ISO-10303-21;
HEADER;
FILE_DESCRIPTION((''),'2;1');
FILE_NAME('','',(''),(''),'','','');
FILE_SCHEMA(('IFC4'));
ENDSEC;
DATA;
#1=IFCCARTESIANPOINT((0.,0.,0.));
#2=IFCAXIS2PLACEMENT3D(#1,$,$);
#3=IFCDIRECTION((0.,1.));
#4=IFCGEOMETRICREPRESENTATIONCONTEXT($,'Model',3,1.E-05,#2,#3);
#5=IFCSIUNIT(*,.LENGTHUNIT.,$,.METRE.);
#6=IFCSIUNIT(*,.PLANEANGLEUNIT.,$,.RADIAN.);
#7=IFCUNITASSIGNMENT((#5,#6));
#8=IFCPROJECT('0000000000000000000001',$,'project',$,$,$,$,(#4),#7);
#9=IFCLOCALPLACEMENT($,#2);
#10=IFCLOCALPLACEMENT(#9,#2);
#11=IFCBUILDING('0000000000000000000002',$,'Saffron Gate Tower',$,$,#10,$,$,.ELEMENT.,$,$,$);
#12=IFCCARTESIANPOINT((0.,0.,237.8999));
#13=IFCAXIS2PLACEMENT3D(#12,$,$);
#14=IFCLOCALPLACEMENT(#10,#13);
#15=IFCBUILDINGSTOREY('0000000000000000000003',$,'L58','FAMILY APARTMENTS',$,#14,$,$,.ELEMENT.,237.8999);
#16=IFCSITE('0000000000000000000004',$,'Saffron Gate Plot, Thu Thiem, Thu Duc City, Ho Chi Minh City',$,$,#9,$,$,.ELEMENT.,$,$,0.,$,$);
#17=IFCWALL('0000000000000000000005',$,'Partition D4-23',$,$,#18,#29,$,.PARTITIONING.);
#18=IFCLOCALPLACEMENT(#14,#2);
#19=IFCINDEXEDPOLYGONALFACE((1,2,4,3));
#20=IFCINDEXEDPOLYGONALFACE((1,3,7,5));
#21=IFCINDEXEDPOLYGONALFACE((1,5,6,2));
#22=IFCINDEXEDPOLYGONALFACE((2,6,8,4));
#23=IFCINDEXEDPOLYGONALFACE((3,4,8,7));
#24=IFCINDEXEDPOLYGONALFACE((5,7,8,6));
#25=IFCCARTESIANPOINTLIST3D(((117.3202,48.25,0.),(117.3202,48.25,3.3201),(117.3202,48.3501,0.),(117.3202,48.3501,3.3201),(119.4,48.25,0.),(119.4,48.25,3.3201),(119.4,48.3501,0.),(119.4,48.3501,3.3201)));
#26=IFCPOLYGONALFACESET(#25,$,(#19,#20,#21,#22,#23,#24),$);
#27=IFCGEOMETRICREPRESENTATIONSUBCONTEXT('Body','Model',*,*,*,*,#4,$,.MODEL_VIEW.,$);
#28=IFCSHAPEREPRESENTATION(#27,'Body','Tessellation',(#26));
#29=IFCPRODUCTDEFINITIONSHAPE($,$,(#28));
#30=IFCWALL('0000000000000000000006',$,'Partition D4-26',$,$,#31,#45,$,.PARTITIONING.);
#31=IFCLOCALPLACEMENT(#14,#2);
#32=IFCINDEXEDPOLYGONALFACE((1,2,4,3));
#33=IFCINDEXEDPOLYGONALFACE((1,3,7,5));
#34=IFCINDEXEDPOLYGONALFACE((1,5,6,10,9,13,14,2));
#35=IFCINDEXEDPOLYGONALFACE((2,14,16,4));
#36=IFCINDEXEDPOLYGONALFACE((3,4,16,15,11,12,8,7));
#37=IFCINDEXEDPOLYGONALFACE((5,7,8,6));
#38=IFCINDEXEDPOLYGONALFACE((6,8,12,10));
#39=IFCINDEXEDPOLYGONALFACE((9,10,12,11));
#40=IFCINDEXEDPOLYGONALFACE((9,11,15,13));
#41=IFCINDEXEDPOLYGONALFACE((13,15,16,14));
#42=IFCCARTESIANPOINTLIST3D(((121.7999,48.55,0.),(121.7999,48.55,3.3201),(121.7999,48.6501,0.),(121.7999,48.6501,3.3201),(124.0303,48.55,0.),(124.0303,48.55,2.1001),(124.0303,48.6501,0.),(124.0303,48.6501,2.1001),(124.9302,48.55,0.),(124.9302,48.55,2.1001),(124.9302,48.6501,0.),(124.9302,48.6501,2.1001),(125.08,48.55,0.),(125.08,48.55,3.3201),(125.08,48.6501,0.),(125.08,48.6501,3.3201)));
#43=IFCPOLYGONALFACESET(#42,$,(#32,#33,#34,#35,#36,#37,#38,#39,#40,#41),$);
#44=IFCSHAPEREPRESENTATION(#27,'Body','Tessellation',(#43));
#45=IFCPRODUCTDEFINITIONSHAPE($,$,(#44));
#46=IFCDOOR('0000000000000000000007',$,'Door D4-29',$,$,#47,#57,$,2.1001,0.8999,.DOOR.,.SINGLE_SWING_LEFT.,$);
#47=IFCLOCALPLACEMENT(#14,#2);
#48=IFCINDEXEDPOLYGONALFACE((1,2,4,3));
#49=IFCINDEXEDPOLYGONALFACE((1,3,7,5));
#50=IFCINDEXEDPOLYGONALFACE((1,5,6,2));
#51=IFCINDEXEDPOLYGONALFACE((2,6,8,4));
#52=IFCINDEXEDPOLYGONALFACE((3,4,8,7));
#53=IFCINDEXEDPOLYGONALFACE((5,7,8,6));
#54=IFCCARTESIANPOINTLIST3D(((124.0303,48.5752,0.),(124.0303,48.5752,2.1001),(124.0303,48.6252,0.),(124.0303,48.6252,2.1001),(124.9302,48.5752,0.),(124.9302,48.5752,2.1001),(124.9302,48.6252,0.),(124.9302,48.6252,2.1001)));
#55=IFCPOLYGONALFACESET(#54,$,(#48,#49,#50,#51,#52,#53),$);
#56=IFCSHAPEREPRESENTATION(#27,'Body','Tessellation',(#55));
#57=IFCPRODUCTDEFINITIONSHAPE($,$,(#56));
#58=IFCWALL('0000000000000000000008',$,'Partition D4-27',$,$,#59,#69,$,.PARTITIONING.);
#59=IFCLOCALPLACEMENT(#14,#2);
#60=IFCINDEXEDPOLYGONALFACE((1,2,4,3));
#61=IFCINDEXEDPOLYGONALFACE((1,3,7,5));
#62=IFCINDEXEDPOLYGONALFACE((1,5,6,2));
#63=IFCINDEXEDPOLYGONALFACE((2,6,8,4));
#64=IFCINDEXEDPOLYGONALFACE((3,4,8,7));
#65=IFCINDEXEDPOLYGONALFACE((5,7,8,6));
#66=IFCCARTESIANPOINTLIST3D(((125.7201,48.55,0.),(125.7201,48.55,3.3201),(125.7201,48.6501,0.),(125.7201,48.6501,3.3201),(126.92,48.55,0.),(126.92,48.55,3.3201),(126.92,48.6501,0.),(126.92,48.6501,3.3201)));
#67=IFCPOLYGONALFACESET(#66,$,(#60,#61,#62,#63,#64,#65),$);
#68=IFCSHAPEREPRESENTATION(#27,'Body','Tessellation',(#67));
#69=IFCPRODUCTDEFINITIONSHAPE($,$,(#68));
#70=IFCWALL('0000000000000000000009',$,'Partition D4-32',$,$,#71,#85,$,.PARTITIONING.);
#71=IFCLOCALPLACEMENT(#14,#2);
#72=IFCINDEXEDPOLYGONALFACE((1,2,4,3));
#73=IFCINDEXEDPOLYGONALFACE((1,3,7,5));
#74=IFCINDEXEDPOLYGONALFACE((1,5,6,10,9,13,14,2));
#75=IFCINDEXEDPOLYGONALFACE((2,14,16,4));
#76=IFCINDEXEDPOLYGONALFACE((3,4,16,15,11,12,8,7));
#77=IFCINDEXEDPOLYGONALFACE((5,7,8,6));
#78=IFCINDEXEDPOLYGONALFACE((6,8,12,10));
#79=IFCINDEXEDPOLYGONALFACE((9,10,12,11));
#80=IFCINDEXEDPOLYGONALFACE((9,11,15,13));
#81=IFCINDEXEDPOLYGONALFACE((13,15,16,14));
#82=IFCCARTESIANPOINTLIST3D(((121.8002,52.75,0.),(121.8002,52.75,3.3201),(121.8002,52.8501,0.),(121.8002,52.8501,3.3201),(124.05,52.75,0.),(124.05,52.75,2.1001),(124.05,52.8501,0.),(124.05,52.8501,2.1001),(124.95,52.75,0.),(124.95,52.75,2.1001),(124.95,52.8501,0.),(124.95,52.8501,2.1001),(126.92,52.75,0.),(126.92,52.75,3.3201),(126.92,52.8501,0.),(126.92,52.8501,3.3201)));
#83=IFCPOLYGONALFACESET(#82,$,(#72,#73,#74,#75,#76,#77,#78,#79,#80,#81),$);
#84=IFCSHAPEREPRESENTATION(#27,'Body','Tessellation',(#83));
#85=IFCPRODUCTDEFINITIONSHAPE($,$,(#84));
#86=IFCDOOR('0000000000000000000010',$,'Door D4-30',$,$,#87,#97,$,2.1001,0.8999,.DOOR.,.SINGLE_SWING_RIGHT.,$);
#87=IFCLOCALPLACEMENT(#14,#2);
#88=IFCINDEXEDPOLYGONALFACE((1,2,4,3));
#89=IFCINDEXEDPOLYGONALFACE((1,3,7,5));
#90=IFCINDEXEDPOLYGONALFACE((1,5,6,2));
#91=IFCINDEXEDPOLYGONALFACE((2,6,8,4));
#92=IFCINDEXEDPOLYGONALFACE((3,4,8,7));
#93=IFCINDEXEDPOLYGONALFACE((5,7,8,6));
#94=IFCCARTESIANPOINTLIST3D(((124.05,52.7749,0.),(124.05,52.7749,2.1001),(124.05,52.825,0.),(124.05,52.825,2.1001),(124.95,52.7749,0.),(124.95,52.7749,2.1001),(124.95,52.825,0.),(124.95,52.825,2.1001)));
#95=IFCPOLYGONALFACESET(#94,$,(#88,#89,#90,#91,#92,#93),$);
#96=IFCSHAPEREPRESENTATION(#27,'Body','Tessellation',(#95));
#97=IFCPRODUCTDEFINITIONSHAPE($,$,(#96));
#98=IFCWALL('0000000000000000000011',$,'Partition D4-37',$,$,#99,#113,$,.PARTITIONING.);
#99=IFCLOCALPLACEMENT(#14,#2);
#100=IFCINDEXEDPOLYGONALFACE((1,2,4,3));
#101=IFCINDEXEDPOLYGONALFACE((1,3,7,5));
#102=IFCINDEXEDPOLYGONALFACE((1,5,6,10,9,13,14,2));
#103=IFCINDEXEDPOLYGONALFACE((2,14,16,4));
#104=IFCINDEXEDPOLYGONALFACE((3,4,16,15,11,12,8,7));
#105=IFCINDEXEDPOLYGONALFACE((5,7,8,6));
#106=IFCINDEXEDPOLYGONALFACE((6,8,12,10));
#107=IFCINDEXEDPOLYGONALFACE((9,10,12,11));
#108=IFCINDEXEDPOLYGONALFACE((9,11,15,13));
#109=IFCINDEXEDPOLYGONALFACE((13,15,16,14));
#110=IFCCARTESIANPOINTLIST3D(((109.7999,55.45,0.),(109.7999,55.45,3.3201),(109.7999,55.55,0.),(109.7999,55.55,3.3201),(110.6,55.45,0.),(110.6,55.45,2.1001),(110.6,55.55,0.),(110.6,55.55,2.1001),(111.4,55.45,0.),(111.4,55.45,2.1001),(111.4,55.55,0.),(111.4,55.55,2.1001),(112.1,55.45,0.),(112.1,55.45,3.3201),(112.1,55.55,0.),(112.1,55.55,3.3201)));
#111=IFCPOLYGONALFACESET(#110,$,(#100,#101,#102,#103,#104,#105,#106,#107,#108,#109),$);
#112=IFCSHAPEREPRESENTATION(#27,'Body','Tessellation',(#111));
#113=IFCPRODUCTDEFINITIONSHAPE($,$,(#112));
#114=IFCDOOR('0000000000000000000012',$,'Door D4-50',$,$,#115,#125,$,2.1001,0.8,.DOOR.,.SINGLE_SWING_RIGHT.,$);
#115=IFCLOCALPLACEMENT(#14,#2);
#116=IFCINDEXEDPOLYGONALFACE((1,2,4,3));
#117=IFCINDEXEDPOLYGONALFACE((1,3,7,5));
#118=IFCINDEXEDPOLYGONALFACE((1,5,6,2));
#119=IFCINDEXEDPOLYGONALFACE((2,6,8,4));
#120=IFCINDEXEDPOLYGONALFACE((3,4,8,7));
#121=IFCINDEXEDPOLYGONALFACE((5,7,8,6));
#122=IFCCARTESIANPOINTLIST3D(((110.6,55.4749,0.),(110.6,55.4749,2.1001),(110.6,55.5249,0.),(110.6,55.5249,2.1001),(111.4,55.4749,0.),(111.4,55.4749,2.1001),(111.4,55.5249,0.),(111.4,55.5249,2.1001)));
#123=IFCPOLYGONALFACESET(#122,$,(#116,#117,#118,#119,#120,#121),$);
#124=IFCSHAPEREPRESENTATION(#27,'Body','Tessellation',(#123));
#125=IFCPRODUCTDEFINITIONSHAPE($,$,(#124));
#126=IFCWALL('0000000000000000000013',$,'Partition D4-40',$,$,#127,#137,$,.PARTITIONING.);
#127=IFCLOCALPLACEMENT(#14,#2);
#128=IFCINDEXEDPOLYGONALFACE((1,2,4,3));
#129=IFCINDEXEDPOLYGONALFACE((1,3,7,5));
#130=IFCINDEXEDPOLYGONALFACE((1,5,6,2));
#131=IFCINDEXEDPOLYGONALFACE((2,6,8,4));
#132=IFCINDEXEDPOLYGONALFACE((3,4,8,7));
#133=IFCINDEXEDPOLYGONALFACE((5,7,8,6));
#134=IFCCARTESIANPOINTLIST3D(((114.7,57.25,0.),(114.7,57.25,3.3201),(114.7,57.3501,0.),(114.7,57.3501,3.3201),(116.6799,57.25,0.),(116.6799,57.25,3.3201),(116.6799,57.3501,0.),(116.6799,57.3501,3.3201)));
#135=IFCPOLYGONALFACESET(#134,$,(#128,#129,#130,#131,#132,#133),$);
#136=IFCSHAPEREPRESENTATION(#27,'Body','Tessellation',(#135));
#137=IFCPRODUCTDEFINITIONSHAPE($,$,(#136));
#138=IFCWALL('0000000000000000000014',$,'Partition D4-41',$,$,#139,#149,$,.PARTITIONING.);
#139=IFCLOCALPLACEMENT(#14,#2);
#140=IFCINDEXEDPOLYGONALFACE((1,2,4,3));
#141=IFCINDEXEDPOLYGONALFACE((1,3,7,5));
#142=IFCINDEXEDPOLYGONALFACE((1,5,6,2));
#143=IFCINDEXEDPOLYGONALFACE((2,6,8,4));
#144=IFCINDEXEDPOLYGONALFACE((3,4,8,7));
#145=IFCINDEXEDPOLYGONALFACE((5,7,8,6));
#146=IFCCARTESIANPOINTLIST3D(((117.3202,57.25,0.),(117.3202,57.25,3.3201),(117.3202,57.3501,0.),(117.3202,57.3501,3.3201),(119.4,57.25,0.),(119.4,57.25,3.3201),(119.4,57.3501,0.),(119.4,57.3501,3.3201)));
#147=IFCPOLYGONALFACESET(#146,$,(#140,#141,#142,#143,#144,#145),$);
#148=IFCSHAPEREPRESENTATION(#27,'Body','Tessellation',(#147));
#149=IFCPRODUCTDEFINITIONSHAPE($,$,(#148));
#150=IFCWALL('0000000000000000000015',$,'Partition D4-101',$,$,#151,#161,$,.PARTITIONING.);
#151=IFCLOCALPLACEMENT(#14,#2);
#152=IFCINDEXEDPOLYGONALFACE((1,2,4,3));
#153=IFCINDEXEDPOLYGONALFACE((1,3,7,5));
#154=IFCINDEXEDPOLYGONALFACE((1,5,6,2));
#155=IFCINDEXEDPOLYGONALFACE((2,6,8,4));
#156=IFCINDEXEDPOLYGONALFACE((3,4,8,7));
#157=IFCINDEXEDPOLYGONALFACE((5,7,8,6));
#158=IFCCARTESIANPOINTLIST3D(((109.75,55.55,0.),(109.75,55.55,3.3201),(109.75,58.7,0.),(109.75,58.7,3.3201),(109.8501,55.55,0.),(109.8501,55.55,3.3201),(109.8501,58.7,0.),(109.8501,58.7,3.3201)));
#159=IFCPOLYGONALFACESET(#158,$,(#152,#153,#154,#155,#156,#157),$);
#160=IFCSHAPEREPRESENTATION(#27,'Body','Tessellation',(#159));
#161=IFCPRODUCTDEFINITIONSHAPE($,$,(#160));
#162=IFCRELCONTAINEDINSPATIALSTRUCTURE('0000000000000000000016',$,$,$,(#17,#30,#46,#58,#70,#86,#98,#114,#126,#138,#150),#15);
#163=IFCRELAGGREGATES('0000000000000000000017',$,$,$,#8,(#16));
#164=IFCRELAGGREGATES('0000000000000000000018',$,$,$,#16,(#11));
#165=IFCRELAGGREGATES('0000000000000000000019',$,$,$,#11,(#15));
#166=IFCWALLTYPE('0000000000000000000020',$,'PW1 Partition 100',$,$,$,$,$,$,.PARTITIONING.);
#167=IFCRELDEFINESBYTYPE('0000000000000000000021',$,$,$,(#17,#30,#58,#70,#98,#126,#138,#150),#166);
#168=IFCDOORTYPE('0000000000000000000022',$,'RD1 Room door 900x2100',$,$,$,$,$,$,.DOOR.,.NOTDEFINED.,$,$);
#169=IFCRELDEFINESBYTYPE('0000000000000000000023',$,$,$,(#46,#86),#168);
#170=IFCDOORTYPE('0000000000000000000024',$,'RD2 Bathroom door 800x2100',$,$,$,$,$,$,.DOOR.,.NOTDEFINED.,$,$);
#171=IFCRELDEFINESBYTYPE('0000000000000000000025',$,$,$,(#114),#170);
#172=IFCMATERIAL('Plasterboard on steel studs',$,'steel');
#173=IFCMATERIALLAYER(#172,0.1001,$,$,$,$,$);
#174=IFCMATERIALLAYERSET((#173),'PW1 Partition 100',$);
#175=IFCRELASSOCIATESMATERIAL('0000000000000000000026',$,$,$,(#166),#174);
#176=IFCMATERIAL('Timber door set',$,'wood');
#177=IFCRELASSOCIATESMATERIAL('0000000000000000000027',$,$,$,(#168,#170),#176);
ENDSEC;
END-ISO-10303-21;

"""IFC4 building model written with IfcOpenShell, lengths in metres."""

from ifc_helpers import new_model, si_unit, direction, frame, frame_2d, origin, place, context, subcontext, project, spatial, rectangle, extrude, material, layer, layer_set, type_object, element, fill, save


model = new_model("IFC4")

# Units and contexts
model_context = context("Model", 3, precision=1e-05, world=origin(), true_north=direction((0.0, 1.0)))
body_context = subcontext(model_context, "Body", "Model", "MODEL_VIEW")
ifc_project = project(units=[si_unit("LENGTHUNIT", "METRE"), si_unit("PLANEANGLEUNIT", "RADIAN")], contexts=[model_context])

# Site, building, storey
site_placement = place(None, origin())
site = spatial("IfcSite", under=ifc_project, at=site_placement, Name="Saffron Gate Plot, Thu Thiem, Thu Duc City, Ho Chi Minh City", CompositionType="ELEMENT", RefElevation=0.0)
building_placement = place(site_placement, origin())
building = spatial("IfcBuilding", under=site, at=building_placement, Name="Saffron Gate Tower", CompositionType="ELEMENT")
storey_placement = place(building_placement, frame((0.0, 0.0, 237.8999)))
storey = spatial("IfcBuildingStorey", under=building, at=storey_placement, Name="L58", Description="FAMILY APARTMENTS", CompositionType="ELEMENT", Elevation=237.8999)

# Wall
ifc_material_1 = material(Name="Plasterboard on steel studs", Category="steel")
ifc_layer_1 = layer(ifc_material_1, 0.1001)
ifc_layer_set_1 = layer_set([ifc_layer_1], Name="PW1 Partition 100")
wall_type_1 = type_object("IfcWallType", Name="PW1 Partition 100", PredefinedType="PARTITIONING", material=ifc_layer_set_1)
wall_1_placement = place(storey_placement, frame((117.3201, 48.3, 0.0), z_axis=(0.0, 0.0, 1.0), x_axis=(1.0, 0.0, 0.0)))
element("IfcWall", 1, at=wall_1_placement, inside=storey, type_object=wall_type_1, Name="Partition D4-23", PredefinedType="PARTITIONING", context=body_context, shape_type="SweptSolid", body=[
    extrude(rectangle(XDim=2.0798, YDim=0.1001, at=frame_2d((1.04, 0.0))), origin(), (0.0, 0.0, 1.0), 3.3201),
])

# Wall, opening, door
wall_2_placement = place(storey_placement, frame((125.0801, 48.6001, 0.0), z_axis=(0.0, 0.0, 1.0), x_axis=(-1.0, 0.0, 0.0)))
wall_2 = element("IfcWall", 2, at=wall_2_placement, inside=storey, type_object=wall_type_1, Name="Partition D4-26", PredefinedType="PARTITIONING", context=body_context, shape_type="SweptSolid", body=[
    extrude(rectangle(XDim=3.28, YDim=0.1001, at=frame_2d((1.6401, 0.0))), origin(), (0.0, 0.0, 1.0), 3.3201),
])
opening_1_placement = place(wall_2_placement, frame((0.1499, 0.0, 0.0)))
opening_1 = element("IfcOpeningElement", 3, at=opening_1_placement, cuts=wall_2, PredefinedType="OPENING", context=body_context, shape_type="SweptSolid", body=[
    extrude(rectangle(XDim=0.8999, YDim=2.1001, at=frame_2d((0.45, 1.05))), frame((0.0, 0.0601, 0.0), z_axis=(0.0, -1.0, 0.0), x_axis=(1.0, 0.0, 0.0)), (0.0, 0.0, 1.0), 0.1201),
])
ifc_material_2 = material(Name="Timber door set", Category="wood")
door_type_1 = type_object("IfcDoorType", Name="RD1 Room door 900x2100", OperationType="NOTDEFINED", PredefinedType="DOOR", material=ifc_material_2)
door_1_placement = place(opening_1_placement, origin())
door_1 = element("IfcDoor", 4, at=door_1_placement, inside=storey, type_object=door_type_1, Name="Door D4-29", OperationType="SINGLE_SWING_LEFT", OverallHeight=2.1001, OverallWidth=0.8999, PredefinedType="DOOR", context=body_context, shape_type="SweptSolid", body=[
    extrude(rectangle(XDim=0.8999, YDim=2.1001, at=frame_2d((0.45, 1.05))), frame((0.0, 0.0249, 0.0), z_axis=(0.0, -1.0, 0.0), x_axis=(1.0, 0.0, 0.0)), (0.0, 0.0, 1.0), 0.05),
])
fill(opening_1, door_1)

# Wall
wall_3_placement = place(storey_placement, frame((125.72, 48.6001, 0.0), z_axis=(0.0, 0.0, 1.0), x_axis=(1.0, 0.0, 0.0)))
element("IfcWall", 5, at=wall_3_placement, inside=storey, type_object=wall_type_1, Name="Partition D4-27", PredefinedType="PARTITIONING", context=body_context, shape_type="SweptSolid", body=[
    extrude(rectangle(XDim=1.2, YDim=0.1001, at=frame_2d((0.6001, 0.0))), origin(), (0.0, 0.0, 1.0), 3.3201),
])

# Walls, openings, doors
wall_4_placement = place(storey_placement, frame((121.8, 52.8, 0.0), z_axis=(0.0, 0.0, 1.0), x_axis=(1.0, 0.0, 0.0)))
wall_4 = element("IfcWall", 6, at=wall_4_placement, inside=storey, type_object=wall_type_1, Name="Partition D4-32", PredefinedType="PARTITIONING", context=body_context, shape_type="SweptSolid", body=[
    extrude(rectangle(XDim=5.1199, YDim=0.1001, at=frame_2d((2.5601, 0.0))), origin(), (0.0, 0.0, 1.0), 3.3201),
])
opening_2_placement = place(wall_4_placement, frame((2.25, 0.0, 0.0)))
opening_2 = element("IfcOpeningElement", 7, at=opening_2_placement, cuts=wall_4, PredefinedType="OPENING", context=body_context, shape_type="SweptSolid", body=[
    extrude(rectangle(XDim=0.8999, YDim=2.1001, at=frame_2d((0.45, 1.05))), frame((0.0, 0.0601, 0.0), z_axis=(0.0, -1.0, 0.0), x_axis=(1.0, 0.0, 0.0)), (0.0, 0.0, 1.0), 0.1201),
])
door_2_placement = place(opening_2_placement, origin())
door_2 = element("IfcDoor", 8, at=door_2_placement, inside=storey, type_object=door_type_1, Name="Door D4-30", OperationType="SINGLE_SWING_RIGHT", OverallHeight=2.1001, OverallWidth=0.8999, PredefinedType="DOOR", context=body_context, shape_type="SweptSolid", body=[
    extrude(rectangle(XDim=0.8999, YDim=2.1001, at=frame_2d((0.45, 1.05))), frame((0.0, 0.0249, 0.0), z_axis=(0.0, -1.0, 0.0), x_axis=(1.0, 0.0, 0.0)), (0.0, 0.0, 1.0), 0.05),
])
fill(opening_2, door_2)
wall_5_placement = place(storey_placement, frame((109.8, 55.5, 0.0), z_axis=(0.0, 0.0, 1.0), x_axis=(1.0, 0.0, 0.0)))
wall_5 = element("IfcWall", 9, at=wall_5_placement, inside=storey, type_object=wall_type_1, Name="Partition D4-37", PredefinedType="PARTITIONING", context=body_context, shape_type="SweptSolid", body=[
    extrude(rectangle(XDim=2.3, YDim=0.1001, at=frame_2d((1.1499, 0.0))), origin(), (0.0, 0.0, 1.0), 3.3201),
])
opening_3_placement = place(wall_5_placement, frame((0.8, 0.0, 0.0)))
opening_3 = element("IfcOpeningElement", 10, at=opening_3_placement, cuts=wall_5, PredefinedType="OPENING", context=body_context, shape_type="SweptSolid", body=[
    extrude(rectangle(XDim=0.8, YDim=2.1001, at=frame_2d((0.3999, 1.05))), frame((0.0, 0.0601, 0.0), z_axis=(0.0, -1.0, 0.0), x_axis=(1.0, 0.0, 0.0)), (0.0, 0.0, 1.0), 0.1201),
])
door_type_2 = type_object("IfcDoorType", Name="RD2 Bathroom door 800x2100", OperationType="NOTDEFINED", PredefinedType="DOOR", material=ifc_material_2)
door_3_placement = place(opening_3_placement, origin())
door_3 = element("IfcDoor", 11, at=door_3_placement, inside=storey, type_object=door_type_2, Name="Door D4-50", OperationType="SINGLE_SWING_RIGHT", OverallHeight=2.1001, OverallWidth=0.8, PredefinedType="DOOR", context=body_context, shape_type="SweptSolid", body=[
    extrude(rectangle(XDim=0.8, YDim=2.1001, at=frame_2d((0.3999, 1.05))), frame((0.0, 0.0249, 0.0), z_axis=(0.0, -1.0, 0.0), x_axis=(1.0, 0.0, 0.0)), (0.0, 0.0, 1.0), 0.05),
])
fill(opening_3, door_3)

# Walls
wall_6_placement = place(storey_placement, frame((114.7, 57.3, 0.0), z_axis=(0.0, 0.0, 1.0), x_axis=(1.0, 0.0, 0.0)))
element("IfcWall", 12, at=wall_6_placement, inside=storey, type_object=wall_type_1, Name="Partition D4-40", PredefinedType="PARTITIONING", context=body_context, shape_type="SweptSolid", body=[
    extrude(rectangle(XDim=1.98, YDim=0.1001, at=frame_2d((0.99, 0.0))), origin(), (0.0, 0.0, 1.0), 3.3201),
])
wall_7_placement = place(storey_placement, frame((117.3201, 57.3, 0.0), z_axis=(0.0, 0.0, 1.0), x_axis=(1.0, 0.0, 0.0)))
element("IfcWall", 13, at=wall_7_placement, inside=storey, type_object=wall_type_1, Name="Partition D4-41", PredefinedType="PARTITIONING", context=body_context, shape_type="SweptSolid", body=[
    extrude(rectangle(XDim=2.0798, YDim=0.1001, at=frame_2d((1.04, 0.0))), origin(), (0.0, 0.0, 1.0), 3.3201),
])
wall_8_placement = place(storey_placement, frame((109.8, 58.7, 0.0), z_axis=(0.0, 0.0, 1.0), x_axis=(0.0, -1.0, 0.0)))
element("IfcWall", 14, at=wall_8_placement, inside=storey, type_object=wall_type_1, Name="Partition D4-101", PredefinedType="PARTITIONING", context=body_context, shape_type="SweptSolid", body=[
    extrude(rectangle(XDim=3.1499, YDim=0.1001, at=frame_2d((1.575, 0.0))), origin(), (0.0, 0.0, 1.0), 3.3201),
])

save(model, "model.ifc")
